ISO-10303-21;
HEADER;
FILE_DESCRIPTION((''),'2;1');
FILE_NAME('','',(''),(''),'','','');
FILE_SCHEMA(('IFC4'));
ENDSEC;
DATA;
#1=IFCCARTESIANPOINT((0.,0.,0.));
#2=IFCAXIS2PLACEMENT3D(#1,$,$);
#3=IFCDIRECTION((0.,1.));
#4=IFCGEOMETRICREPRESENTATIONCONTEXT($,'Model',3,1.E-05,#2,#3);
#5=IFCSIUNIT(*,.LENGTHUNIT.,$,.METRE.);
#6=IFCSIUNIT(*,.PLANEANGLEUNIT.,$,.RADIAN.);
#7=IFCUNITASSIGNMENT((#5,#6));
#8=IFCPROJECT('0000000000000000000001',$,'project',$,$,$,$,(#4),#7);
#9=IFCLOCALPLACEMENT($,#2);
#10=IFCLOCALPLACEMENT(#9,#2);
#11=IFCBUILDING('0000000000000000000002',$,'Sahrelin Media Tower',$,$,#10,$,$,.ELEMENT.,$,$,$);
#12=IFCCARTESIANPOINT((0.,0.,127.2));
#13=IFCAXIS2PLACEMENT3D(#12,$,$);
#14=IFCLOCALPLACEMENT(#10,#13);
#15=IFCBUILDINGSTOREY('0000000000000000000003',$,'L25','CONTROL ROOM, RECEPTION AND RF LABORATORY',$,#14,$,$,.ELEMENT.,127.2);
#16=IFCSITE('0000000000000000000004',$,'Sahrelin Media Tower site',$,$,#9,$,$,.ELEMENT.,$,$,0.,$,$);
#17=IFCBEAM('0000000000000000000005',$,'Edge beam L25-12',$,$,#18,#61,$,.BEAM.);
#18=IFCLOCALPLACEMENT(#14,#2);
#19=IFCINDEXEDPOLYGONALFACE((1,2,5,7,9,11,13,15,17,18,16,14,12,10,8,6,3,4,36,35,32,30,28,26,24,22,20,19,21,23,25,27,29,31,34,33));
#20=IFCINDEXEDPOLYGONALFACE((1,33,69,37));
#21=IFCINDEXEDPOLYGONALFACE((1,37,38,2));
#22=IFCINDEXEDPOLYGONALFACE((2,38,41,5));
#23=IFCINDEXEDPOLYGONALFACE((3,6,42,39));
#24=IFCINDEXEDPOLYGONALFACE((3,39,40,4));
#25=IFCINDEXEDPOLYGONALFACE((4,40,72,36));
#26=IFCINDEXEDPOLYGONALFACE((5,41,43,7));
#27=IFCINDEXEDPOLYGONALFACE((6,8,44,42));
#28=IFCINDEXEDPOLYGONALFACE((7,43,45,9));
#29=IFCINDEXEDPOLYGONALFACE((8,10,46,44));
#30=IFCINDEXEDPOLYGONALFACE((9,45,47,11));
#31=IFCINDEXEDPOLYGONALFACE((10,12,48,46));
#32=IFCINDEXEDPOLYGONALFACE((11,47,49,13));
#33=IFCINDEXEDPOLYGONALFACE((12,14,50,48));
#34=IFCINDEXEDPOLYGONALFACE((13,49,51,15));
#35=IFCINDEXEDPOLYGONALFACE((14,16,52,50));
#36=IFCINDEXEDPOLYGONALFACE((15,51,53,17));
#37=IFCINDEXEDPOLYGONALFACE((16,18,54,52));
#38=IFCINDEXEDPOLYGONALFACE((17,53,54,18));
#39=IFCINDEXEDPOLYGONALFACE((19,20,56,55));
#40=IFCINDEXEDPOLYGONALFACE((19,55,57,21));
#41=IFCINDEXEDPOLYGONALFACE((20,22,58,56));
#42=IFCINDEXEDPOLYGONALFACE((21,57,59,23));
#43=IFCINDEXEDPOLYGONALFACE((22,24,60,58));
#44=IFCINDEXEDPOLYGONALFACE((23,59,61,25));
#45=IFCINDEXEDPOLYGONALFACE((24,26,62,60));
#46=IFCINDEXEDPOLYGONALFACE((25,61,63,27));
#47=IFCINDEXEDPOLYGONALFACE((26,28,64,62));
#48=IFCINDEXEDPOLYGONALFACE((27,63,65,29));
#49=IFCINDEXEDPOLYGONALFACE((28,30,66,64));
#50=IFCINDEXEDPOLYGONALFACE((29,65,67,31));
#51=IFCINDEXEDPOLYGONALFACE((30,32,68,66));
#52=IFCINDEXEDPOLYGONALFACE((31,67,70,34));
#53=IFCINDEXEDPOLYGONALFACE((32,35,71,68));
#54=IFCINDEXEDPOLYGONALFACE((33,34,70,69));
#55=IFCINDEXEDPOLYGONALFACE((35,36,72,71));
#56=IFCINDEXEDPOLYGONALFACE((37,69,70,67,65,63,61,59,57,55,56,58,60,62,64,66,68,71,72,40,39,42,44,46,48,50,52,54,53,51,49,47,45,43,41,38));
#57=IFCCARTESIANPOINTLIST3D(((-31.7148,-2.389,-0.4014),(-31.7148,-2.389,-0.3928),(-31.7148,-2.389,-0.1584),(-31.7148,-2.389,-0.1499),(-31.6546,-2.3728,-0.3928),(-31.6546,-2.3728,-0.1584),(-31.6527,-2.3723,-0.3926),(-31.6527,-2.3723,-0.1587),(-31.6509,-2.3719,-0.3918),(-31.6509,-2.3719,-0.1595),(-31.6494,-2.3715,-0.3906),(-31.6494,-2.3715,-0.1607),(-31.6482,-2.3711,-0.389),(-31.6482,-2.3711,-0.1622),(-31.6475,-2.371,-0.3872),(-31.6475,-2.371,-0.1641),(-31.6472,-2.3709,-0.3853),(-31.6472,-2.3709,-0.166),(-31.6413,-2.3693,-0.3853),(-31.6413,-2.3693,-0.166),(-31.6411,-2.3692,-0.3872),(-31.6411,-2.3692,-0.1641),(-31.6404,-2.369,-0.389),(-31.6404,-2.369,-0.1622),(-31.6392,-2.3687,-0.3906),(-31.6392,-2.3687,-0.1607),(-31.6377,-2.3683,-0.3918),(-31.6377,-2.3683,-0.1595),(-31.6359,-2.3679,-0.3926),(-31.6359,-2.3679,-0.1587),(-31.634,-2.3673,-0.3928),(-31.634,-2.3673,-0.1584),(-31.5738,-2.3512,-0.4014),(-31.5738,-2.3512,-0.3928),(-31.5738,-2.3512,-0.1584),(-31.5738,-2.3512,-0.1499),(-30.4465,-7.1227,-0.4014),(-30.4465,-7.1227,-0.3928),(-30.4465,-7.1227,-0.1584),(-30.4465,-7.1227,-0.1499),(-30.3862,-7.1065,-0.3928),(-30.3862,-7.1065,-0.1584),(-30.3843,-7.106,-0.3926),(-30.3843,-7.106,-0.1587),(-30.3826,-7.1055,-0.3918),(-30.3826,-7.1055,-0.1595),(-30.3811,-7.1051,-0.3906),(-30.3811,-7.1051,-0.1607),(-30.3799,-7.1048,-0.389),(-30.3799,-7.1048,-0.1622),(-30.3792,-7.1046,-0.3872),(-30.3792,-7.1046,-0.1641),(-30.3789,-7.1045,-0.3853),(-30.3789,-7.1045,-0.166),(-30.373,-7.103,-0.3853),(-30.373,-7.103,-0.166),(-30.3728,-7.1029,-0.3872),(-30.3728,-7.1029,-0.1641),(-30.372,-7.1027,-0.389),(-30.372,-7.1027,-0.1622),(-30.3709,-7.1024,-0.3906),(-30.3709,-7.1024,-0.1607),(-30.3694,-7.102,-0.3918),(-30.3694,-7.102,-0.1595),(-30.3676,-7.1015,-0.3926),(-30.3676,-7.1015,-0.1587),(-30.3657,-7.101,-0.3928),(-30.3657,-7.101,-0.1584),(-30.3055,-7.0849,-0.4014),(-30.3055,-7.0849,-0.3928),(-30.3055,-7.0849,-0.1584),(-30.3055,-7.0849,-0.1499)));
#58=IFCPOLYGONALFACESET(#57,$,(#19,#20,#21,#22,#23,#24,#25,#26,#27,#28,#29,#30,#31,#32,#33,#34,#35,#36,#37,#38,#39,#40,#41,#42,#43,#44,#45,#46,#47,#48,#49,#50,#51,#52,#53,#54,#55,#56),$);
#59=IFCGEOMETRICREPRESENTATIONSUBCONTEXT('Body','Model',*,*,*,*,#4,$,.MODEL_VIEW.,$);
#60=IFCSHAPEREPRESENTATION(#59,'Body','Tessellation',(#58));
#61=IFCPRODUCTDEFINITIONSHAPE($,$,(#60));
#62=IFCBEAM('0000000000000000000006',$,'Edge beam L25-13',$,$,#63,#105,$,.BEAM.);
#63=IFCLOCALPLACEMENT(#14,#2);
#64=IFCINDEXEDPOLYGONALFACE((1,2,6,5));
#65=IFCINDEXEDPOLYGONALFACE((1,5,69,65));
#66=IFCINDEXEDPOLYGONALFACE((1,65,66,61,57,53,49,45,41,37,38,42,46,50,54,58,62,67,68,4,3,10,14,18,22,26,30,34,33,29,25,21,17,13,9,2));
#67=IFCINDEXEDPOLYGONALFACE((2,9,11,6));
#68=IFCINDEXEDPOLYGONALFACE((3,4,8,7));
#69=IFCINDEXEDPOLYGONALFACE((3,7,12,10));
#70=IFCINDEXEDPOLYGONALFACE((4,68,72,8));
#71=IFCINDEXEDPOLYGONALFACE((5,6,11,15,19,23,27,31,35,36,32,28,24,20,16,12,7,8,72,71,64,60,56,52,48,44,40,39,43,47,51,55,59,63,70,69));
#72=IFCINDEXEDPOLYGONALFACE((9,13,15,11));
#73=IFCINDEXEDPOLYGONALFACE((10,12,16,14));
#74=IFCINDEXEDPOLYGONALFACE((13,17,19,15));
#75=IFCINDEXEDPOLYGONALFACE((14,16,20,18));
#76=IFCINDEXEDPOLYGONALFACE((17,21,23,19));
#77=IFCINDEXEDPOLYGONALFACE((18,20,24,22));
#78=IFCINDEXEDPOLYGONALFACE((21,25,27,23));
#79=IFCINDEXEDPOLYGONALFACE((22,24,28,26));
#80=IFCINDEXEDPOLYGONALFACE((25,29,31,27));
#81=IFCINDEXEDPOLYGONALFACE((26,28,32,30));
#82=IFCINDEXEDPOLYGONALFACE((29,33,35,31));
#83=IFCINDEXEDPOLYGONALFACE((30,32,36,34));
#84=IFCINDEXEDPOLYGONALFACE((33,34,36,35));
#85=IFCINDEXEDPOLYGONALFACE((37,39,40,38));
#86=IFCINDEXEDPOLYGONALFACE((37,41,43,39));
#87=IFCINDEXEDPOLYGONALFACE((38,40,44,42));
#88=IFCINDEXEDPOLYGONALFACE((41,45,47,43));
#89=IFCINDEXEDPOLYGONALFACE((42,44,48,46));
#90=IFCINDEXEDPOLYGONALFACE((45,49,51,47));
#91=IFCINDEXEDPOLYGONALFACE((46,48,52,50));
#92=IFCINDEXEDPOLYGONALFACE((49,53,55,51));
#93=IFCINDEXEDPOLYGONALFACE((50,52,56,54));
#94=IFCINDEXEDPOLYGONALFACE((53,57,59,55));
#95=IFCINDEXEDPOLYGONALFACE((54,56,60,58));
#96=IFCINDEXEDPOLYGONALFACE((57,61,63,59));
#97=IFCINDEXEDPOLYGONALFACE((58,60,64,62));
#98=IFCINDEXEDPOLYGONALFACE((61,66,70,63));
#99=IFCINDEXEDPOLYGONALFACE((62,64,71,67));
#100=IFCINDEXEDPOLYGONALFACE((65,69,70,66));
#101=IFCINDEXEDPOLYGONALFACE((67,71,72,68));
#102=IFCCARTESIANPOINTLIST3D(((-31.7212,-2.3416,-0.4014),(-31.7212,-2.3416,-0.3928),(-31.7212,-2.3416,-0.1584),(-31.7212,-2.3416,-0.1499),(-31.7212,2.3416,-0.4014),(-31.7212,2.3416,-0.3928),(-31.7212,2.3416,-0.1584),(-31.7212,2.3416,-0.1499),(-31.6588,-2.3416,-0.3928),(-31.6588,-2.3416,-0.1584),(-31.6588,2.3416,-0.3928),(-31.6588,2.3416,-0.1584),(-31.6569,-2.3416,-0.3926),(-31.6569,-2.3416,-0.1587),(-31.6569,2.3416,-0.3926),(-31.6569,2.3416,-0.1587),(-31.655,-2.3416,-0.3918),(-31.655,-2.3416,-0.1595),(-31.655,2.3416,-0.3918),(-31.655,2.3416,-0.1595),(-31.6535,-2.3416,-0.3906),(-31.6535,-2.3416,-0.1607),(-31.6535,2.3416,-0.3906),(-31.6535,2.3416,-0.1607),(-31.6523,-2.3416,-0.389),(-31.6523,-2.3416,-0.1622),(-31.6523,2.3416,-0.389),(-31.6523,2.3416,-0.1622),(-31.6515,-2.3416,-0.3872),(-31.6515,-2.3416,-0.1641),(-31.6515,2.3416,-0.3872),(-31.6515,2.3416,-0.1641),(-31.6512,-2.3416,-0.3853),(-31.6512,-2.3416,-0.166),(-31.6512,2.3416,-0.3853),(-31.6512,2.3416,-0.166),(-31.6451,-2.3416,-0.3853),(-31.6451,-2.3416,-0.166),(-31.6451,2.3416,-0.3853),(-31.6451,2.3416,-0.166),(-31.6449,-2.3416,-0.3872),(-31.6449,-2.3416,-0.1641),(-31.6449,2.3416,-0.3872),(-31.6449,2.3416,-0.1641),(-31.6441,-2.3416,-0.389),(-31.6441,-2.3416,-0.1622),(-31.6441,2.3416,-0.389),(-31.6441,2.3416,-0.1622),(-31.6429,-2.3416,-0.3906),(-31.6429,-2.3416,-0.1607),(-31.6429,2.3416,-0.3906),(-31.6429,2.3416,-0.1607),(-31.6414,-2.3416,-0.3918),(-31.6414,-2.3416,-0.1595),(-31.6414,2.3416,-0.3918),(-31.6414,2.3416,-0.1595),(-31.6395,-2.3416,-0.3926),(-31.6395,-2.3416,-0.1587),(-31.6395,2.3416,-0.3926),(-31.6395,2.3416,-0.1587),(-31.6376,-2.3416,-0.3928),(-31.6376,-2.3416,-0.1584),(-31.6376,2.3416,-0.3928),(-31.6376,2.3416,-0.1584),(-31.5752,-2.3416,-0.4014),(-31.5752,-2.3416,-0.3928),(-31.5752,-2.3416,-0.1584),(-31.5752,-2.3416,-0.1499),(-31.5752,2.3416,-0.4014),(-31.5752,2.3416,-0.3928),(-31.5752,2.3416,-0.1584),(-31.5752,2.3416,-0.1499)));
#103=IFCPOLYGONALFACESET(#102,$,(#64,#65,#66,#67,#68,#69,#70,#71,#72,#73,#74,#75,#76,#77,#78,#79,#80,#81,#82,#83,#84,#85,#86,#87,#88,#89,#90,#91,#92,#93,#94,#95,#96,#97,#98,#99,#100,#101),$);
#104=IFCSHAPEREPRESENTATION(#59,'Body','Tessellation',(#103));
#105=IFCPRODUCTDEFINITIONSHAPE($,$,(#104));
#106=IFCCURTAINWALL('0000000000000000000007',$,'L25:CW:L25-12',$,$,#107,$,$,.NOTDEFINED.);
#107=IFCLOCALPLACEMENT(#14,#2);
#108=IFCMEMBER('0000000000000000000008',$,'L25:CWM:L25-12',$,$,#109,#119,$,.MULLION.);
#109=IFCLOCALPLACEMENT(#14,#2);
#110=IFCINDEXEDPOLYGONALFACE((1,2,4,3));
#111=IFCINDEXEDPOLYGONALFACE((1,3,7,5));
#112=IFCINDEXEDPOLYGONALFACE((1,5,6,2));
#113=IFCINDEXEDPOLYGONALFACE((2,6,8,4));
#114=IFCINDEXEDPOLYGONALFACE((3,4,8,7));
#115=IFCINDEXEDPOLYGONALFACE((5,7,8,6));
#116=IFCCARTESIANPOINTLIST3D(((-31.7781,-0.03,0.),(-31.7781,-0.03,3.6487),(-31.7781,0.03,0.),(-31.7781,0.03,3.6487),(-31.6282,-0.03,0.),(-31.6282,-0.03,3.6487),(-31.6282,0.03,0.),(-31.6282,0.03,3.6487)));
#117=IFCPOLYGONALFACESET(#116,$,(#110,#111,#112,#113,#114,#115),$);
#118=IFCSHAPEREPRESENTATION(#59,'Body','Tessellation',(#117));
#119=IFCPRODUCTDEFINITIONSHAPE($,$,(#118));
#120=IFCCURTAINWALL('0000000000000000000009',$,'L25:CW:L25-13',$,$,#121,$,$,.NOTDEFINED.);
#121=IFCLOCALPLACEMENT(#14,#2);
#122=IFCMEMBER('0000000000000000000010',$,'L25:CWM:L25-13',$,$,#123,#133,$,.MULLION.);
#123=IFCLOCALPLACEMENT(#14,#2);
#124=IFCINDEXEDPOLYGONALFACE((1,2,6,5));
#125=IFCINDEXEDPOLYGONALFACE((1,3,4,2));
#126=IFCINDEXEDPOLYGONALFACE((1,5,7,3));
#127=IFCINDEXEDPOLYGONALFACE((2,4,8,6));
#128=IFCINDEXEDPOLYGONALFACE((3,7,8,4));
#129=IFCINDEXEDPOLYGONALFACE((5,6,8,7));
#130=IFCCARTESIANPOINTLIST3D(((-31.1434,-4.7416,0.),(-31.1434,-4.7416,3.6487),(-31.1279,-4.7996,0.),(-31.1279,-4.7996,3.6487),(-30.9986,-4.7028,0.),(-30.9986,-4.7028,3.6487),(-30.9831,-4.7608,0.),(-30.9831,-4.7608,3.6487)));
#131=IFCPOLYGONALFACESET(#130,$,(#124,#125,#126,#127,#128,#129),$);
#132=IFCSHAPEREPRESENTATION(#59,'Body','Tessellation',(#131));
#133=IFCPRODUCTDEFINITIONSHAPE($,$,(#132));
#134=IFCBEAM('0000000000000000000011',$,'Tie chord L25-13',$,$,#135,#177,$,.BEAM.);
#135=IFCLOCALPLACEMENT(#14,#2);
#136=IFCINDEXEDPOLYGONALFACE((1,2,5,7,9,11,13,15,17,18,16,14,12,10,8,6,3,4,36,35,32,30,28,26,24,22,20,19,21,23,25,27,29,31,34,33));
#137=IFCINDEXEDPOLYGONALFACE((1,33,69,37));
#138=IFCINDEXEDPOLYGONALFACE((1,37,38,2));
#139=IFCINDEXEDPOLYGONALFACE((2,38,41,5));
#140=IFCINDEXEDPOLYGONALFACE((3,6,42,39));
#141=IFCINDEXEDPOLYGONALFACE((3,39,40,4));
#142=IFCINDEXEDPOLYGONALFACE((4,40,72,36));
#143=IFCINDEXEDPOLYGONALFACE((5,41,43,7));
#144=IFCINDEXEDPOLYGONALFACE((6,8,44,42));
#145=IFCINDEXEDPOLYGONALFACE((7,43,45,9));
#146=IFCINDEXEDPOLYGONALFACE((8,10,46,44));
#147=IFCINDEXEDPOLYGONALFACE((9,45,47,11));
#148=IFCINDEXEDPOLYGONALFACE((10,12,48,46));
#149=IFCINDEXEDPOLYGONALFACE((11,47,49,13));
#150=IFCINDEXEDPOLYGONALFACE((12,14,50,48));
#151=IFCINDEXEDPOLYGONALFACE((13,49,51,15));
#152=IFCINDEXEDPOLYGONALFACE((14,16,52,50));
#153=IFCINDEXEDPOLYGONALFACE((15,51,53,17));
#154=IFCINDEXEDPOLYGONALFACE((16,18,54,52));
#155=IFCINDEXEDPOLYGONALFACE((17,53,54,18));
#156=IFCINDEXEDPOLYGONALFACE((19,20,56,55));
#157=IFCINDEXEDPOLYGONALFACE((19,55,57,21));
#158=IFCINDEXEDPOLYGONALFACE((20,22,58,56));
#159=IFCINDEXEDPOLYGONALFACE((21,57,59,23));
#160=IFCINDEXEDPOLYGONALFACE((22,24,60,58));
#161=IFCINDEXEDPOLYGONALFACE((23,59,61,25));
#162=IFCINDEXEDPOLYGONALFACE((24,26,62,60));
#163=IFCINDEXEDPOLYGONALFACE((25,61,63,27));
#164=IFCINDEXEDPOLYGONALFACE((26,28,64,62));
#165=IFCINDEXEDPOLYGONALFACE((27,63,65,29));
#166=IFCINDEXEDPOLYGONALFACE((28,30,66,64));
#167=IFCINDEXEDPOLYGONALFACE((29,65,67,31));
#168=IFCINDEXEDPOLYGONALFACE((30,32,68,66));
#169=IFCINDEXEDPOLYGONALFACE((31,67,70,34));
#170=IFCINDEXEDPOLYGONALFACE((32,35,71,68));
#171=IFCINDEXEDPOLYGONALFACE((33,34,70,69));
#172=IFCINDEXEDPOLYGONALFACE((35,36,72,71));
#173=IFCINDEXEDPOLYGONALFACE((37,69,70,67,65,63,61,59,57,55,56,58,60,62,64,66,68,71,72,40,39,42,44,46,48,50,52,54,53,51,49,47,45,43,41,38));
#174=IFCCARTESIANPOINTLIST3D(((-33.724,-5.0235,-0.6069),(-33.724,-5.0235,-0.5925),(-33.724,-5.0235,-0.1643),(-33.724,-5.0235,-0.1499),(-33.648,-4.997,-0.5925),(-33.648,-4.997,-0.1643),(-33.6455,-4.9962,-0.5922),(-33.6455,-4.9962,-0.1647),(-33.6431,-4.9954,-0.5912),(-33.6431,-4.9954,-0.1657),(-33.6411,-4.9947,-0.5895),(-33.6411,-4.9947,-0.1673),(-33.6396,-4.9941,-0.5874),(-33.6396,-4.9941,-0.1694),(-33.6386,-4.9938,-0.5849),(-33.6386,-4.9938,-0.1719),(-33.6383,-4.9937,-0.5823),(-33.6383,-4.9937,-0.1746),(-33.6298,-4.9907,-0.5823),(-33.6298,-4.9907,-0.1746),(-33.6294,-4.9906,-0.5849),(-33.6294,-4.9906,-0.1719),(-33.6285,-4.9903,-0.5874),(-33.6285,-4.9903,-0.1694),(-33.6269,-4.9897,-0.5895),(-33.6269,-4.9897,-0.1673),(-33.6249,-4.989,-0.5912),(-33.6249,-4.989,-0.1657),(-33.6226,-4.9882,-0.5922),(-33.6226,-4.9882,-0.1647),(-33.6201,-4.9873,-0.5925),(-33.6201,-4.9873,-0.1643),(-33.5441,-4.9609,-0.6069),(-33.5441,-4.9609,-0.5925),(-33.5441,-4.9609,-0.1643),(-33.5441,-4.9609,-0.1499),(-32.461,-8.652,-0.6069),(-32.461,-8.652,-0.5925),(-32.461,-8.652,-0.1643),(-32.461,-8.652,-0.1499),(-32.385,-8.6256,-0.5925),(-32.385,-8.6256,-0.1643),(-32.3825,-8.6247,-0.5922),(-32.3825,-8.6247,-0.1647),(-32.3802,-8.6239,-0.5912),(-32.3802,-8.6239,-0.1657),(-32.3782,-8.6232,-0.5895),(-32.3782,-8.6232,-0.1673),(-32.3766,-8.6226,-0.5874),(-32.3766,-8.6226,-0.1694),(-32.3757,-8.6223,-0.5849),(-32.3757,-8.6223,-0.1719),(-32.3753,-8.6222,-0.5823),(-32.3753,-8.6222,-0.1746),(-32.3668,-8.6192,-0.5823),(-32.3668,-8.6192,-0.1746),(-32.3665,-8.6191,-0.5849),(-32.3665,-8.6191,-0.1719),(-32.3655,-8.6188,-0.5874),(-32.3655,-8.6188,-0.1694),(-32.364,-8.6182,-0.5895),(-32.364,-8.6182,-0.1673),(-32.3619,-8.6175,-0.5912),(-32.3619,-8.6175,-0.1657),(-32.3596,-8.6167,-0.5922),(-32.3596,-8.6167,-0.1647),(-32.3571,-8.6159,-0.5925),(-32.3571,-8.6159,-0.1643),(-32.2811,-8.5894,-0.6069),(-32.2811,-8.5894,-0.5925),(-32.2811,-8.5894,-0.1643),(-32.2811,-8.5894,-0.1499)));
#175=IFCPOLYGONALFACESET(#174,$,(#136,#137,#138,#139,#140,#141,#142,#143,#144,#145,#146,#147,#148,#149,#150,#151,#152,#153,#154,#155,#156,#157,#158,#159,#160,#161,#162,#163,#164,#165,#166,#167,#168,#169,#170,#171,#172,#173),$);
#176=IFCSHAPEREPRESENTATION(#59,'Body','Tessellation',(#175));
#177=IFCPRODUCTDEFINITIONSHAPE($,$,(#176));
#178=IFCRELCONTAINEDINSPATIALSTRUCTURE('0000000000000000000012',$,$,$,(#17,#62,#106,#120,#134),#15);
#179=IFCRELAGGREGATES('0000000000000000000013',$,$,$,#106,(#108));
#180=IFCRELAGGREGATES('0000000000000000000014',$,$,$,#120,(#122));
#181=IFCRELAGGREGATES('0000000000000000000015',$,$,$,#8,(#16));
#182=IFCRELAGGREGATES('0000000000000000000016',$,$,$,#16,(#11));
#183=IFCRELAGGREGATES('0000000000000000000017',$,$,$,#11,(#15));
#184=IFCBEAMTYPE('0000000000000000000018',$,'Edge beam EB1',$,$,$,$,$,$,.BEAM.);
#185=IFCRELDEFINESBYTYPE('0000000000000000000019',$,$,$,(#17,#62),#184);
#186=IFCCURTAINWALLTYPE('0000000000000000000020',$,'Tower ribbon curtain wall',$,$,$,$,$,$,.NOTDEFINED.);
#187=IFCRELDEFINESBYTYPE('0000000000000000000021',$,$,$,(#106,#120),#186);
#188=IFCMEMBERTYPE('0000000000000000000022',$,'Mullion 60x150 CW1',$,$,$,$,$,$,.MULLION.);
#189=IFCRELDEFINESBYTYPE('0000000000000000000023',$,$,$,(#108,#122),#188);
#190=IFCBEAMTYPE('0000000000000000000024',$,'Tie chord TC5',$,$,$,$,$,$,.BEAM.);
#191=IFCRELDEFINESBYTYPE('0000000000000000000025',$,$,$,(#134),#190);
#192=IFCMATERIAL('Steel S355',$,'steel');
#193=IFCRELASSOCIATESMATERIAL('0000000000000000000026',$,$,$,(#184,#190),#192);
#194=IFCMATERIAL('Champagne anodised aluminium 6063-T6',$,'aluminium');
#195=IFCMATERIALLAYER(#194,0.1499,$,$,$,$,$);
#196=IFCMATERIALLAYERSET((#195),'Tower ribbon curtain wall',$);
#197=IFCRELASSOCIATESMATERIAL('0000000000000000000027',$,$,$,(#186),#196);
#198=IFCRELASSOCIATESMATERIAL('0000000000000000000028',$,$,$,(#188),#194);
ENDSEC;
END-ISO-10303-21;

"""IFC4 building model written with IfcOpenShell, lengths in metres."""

from ifc_helpers import new_model, si_unit, direction, frame, origin, origin_2d, place, context, subcontext, project, spatial, rectangle, i_section, extrude, material, layer, layer_set, material_profile, profile_set, type_object, element, aggregate, save


model = new_model("IFC4")

# Units and contexts
model_context = context("Model", 3, precision=1e-05, world=origin(), true_north=direction((0.0, 1.0)))
body_context = subcontext(model_context, "Body", "Model", "MODEL_VIEW")
ifc_project = project(units=[si_unit("LENGTHUNIT", "METRE"), si_unit("PLANEANGLEUNIT", "RADIAN")], contexts=[model_context])

# Site, building, storey
site_placement = place(None, origin())
site = spatial("IfcSite", under=ifc_project, at=site_placement, Name="Sahrelin Media Tower site", CompositionType="ELEMENT", RefElevation=0.0)
building_placement = place(site_placement, origin())
building = spatial("IfcBuilding", under=site, at=building_placement, Name="Sahrelin Media Tower", CompositionType="ELEMENT")
storey_placement = place(building_placement, frame((0.0, 0.0, 127.2)))
storey = spatial("IfcBuildingStorey", under=building, at=storey_placement, Name="L25", Description="CONTROL ROOM, RECEPTION AND RF LABORATORY", CompositionType="ELEMENT", Elevation=127.2)

# Beams
ifc_material_1 = material(Name="Steel S355", Category="steel")
ifc_material_profile_1 = material_profile(ifc_material_1, i_section(OverallWidth=0.146, OverallDepth=0.2515, WebThickness=0.0061, FlangeThickness=0.0085, FilletRadius=0.0076, at=origin_2d()), Name="UB 254x146x31")
ifc_profile_set_1 = profile_set([ifc_material_profile_1], Name="Steel S355")
beam_type_1 = type_object("IfcBeamType", Name="Edge beam EB1", PredefinedType="BEAM", material=ifc_profile_set_1)
beam_1_placement = place(storey_placement, frame((-30.376, -7.1038, -0.2756), z_axis=(-0.258807, 0.965929, 0.0), x_axis=(-0.965929, -0.258807, 0.0)))
element("IfcBeam", 1, at=beam_1_placement, inside=storey, type_object=beam_type_1, Name="Edge beam L25-12", PredefinedType="BEAM", context=body_context, shape_type="SweptSolid", body=[
    extrude(i_section(OverallWidth=0.146, OverallDepth=0.2515, WebThickness=0.0061, FlangeThickness=0.0085, FilletRadius=0.0076, at=origin_2d()), origin(), (0.0, 0.0, 1.0), 4.9006),
])
beam_2_placement = place(storey_placement, frame((-31.6482, -2.3416, -0.2756), z_axis=(0.0, 1.0, 0.0), x_axis=(-1.0, 0.0, 0.0)))
element("IfcBeam", 2, at=beam_2_placement, inside=storey, type_object=beam_type_1, Name="Edge beam L25-13", PredefinedType="BEAM", context=body_context, shape_type="SweptSolid", body=[
    extrude(i_section(OverallWidth=0.146, OverallDepth=0.2515, WebThickness=0.0061, FlangeThickness=0.0085, FilletRadius=0.0076, at=origin_2d()), origin(), (0.0, 0.0, 1.0), 4.6831),
])

# Curtain walls, members
ifc_material_2 = material(Name="Champagne anodised aluminium 6063-T6", Category="aluminium")
ifc_layer_1 = layer(ifc_material_2, 0.1499)
ifc_layer_set_1 = layer_set([ifc_layer_1], Name="Tower ribbon curtain wall")
curtain_wall_type = type_object("IfcCurtainWallType", Name="Tower ribbon curtain wall", PredefinedType="NOTDEFINED", material=ifc_layer_set_1)
curtain_wall_1_placement = place(storey_placement, frame((-31.7981, 0.0, 0.0), z_axis=(0.0, 0.0, 1.0), x_axis=(1.0, 0.0, 0.0)))
curtain_wall_1 = element("IfcCurtainWall", 3, at=curtain_wall_1_placement, inside=storey, type_object=curtain_wall_type, Name="L25:CW:L25-12", PredefinedType="NOTDEFINED")
ifc_material_profile_2 = material_profile(ifc_material_2, rectangle(XDim=0.0601, YDim=0.1499, at=origin_2d()), Name="Mullion 60x150")
ifc_profile_set_2 = profile_set([ifc_material_profile_2], Name="Champagne anodised aluminium 6063-T6")
member_type_1 = type_object("IfcMemberType", Name="Mullion 60x150 CW1", PredefinedType="MULLION", material=ifc_profile_set_2)
member_1_placement = place(storey_placement, frame((-31.7031, 0.0, 0.0), z_axis=(0.0, 0.0, 1.0), x_axis=(0.0, -1.0, 0.0)))
member_1 = element("IfcMember", 4, at=member_1_placement, type_object=member_type_1, Name="L25:CWM:L25-12", PredefinedType="MULLION", context=body_context, shape_type="SweptSolid", body=[
    extrude(rectangle(XDim=0.0601, YDim=0.1499, at=origin_2d()), origin(), (0.0, 0.0, 1.0), 3.6487),
])
aggregate(curtain_wall_1, [member_1])
curtain_wall_2_placement = place(storey_placement, frame((-31.155, -4.7756, 0.0), z_axis=(0.0, 0.0, 1.0), x_axis=(1.0, 0.0, 0.0)))
curtain_wall_2 = element("IfcCurtainWall", 5, at=curtain_wall_2_placement, inside=storey, type_object=curtain_wall_type, Name="L25:CW:L25-13", PredefinedType="NOTDEFINED")
member_2_placement = place(storey_placement, frame((-31.0632, -4.7512, 0.0), z_axis=(0.0, 0.0, 1.0), x_axis=(0.258833, -0.965922, 0.0)))
member_2 = element("IfcMember", 6, at=member_2_placement, type_object=member_type_1, Name="L25:CWM:L25-13", PredefinedType="MULLION", context=body_context, shape_type="SweptSolid", body=[
    extrude(rectangle(XDim=0.0601, YDim=0.1499, at=origin_2d()), origin(), (0.0, 0.0, 1.0), 3.6487),
])

# Beam
ifc_material_profile_3 = material_profile(ifc_material_1, i_section(OverallWidth=0.1904, OverallDepth=0.457, WebThickness=0.009, FlangeThickness=0.0144, FilletRadius=0.0103, at=origin_2d()), Name="UB 457x191x74")
ifc_profile_set_3 = profile_set([ifc_material_profile_3], Name="Steel S355")
beam_type_2 = type_object("IfcBeamType", Name="Tie chord TC5", PredefinedType="BEAM", material=ifc_profile_set_3)
beam_3_placement = place(storey_placement, frame((-33.634, -4.9922, -0.3784), z_axis=(0.328725, -0.944426, 0.0), x_axis=(0.944426, 0.328725, 0.0)))
element("IfcBeam", 7, at=beam_3_placement, inside=storey, type_object=beam_type_2, Name="Tie chord L25-13", PredefinedType="BEAM", context=body_context, shape_type="SweptSolid", body=[
    extrude(i_section(OverallWidth=0.1904, OverallDepth=0.457, WebThickness=0.009, FlangeThickness=0.0144, FilletRadius=0.0103, at=origin_2d()), origin(), (0.0, 0.0, 1.0), 3.842),
])

aggregate(curtain_wall_2, [member_2])

save(model, "model.ifc")
